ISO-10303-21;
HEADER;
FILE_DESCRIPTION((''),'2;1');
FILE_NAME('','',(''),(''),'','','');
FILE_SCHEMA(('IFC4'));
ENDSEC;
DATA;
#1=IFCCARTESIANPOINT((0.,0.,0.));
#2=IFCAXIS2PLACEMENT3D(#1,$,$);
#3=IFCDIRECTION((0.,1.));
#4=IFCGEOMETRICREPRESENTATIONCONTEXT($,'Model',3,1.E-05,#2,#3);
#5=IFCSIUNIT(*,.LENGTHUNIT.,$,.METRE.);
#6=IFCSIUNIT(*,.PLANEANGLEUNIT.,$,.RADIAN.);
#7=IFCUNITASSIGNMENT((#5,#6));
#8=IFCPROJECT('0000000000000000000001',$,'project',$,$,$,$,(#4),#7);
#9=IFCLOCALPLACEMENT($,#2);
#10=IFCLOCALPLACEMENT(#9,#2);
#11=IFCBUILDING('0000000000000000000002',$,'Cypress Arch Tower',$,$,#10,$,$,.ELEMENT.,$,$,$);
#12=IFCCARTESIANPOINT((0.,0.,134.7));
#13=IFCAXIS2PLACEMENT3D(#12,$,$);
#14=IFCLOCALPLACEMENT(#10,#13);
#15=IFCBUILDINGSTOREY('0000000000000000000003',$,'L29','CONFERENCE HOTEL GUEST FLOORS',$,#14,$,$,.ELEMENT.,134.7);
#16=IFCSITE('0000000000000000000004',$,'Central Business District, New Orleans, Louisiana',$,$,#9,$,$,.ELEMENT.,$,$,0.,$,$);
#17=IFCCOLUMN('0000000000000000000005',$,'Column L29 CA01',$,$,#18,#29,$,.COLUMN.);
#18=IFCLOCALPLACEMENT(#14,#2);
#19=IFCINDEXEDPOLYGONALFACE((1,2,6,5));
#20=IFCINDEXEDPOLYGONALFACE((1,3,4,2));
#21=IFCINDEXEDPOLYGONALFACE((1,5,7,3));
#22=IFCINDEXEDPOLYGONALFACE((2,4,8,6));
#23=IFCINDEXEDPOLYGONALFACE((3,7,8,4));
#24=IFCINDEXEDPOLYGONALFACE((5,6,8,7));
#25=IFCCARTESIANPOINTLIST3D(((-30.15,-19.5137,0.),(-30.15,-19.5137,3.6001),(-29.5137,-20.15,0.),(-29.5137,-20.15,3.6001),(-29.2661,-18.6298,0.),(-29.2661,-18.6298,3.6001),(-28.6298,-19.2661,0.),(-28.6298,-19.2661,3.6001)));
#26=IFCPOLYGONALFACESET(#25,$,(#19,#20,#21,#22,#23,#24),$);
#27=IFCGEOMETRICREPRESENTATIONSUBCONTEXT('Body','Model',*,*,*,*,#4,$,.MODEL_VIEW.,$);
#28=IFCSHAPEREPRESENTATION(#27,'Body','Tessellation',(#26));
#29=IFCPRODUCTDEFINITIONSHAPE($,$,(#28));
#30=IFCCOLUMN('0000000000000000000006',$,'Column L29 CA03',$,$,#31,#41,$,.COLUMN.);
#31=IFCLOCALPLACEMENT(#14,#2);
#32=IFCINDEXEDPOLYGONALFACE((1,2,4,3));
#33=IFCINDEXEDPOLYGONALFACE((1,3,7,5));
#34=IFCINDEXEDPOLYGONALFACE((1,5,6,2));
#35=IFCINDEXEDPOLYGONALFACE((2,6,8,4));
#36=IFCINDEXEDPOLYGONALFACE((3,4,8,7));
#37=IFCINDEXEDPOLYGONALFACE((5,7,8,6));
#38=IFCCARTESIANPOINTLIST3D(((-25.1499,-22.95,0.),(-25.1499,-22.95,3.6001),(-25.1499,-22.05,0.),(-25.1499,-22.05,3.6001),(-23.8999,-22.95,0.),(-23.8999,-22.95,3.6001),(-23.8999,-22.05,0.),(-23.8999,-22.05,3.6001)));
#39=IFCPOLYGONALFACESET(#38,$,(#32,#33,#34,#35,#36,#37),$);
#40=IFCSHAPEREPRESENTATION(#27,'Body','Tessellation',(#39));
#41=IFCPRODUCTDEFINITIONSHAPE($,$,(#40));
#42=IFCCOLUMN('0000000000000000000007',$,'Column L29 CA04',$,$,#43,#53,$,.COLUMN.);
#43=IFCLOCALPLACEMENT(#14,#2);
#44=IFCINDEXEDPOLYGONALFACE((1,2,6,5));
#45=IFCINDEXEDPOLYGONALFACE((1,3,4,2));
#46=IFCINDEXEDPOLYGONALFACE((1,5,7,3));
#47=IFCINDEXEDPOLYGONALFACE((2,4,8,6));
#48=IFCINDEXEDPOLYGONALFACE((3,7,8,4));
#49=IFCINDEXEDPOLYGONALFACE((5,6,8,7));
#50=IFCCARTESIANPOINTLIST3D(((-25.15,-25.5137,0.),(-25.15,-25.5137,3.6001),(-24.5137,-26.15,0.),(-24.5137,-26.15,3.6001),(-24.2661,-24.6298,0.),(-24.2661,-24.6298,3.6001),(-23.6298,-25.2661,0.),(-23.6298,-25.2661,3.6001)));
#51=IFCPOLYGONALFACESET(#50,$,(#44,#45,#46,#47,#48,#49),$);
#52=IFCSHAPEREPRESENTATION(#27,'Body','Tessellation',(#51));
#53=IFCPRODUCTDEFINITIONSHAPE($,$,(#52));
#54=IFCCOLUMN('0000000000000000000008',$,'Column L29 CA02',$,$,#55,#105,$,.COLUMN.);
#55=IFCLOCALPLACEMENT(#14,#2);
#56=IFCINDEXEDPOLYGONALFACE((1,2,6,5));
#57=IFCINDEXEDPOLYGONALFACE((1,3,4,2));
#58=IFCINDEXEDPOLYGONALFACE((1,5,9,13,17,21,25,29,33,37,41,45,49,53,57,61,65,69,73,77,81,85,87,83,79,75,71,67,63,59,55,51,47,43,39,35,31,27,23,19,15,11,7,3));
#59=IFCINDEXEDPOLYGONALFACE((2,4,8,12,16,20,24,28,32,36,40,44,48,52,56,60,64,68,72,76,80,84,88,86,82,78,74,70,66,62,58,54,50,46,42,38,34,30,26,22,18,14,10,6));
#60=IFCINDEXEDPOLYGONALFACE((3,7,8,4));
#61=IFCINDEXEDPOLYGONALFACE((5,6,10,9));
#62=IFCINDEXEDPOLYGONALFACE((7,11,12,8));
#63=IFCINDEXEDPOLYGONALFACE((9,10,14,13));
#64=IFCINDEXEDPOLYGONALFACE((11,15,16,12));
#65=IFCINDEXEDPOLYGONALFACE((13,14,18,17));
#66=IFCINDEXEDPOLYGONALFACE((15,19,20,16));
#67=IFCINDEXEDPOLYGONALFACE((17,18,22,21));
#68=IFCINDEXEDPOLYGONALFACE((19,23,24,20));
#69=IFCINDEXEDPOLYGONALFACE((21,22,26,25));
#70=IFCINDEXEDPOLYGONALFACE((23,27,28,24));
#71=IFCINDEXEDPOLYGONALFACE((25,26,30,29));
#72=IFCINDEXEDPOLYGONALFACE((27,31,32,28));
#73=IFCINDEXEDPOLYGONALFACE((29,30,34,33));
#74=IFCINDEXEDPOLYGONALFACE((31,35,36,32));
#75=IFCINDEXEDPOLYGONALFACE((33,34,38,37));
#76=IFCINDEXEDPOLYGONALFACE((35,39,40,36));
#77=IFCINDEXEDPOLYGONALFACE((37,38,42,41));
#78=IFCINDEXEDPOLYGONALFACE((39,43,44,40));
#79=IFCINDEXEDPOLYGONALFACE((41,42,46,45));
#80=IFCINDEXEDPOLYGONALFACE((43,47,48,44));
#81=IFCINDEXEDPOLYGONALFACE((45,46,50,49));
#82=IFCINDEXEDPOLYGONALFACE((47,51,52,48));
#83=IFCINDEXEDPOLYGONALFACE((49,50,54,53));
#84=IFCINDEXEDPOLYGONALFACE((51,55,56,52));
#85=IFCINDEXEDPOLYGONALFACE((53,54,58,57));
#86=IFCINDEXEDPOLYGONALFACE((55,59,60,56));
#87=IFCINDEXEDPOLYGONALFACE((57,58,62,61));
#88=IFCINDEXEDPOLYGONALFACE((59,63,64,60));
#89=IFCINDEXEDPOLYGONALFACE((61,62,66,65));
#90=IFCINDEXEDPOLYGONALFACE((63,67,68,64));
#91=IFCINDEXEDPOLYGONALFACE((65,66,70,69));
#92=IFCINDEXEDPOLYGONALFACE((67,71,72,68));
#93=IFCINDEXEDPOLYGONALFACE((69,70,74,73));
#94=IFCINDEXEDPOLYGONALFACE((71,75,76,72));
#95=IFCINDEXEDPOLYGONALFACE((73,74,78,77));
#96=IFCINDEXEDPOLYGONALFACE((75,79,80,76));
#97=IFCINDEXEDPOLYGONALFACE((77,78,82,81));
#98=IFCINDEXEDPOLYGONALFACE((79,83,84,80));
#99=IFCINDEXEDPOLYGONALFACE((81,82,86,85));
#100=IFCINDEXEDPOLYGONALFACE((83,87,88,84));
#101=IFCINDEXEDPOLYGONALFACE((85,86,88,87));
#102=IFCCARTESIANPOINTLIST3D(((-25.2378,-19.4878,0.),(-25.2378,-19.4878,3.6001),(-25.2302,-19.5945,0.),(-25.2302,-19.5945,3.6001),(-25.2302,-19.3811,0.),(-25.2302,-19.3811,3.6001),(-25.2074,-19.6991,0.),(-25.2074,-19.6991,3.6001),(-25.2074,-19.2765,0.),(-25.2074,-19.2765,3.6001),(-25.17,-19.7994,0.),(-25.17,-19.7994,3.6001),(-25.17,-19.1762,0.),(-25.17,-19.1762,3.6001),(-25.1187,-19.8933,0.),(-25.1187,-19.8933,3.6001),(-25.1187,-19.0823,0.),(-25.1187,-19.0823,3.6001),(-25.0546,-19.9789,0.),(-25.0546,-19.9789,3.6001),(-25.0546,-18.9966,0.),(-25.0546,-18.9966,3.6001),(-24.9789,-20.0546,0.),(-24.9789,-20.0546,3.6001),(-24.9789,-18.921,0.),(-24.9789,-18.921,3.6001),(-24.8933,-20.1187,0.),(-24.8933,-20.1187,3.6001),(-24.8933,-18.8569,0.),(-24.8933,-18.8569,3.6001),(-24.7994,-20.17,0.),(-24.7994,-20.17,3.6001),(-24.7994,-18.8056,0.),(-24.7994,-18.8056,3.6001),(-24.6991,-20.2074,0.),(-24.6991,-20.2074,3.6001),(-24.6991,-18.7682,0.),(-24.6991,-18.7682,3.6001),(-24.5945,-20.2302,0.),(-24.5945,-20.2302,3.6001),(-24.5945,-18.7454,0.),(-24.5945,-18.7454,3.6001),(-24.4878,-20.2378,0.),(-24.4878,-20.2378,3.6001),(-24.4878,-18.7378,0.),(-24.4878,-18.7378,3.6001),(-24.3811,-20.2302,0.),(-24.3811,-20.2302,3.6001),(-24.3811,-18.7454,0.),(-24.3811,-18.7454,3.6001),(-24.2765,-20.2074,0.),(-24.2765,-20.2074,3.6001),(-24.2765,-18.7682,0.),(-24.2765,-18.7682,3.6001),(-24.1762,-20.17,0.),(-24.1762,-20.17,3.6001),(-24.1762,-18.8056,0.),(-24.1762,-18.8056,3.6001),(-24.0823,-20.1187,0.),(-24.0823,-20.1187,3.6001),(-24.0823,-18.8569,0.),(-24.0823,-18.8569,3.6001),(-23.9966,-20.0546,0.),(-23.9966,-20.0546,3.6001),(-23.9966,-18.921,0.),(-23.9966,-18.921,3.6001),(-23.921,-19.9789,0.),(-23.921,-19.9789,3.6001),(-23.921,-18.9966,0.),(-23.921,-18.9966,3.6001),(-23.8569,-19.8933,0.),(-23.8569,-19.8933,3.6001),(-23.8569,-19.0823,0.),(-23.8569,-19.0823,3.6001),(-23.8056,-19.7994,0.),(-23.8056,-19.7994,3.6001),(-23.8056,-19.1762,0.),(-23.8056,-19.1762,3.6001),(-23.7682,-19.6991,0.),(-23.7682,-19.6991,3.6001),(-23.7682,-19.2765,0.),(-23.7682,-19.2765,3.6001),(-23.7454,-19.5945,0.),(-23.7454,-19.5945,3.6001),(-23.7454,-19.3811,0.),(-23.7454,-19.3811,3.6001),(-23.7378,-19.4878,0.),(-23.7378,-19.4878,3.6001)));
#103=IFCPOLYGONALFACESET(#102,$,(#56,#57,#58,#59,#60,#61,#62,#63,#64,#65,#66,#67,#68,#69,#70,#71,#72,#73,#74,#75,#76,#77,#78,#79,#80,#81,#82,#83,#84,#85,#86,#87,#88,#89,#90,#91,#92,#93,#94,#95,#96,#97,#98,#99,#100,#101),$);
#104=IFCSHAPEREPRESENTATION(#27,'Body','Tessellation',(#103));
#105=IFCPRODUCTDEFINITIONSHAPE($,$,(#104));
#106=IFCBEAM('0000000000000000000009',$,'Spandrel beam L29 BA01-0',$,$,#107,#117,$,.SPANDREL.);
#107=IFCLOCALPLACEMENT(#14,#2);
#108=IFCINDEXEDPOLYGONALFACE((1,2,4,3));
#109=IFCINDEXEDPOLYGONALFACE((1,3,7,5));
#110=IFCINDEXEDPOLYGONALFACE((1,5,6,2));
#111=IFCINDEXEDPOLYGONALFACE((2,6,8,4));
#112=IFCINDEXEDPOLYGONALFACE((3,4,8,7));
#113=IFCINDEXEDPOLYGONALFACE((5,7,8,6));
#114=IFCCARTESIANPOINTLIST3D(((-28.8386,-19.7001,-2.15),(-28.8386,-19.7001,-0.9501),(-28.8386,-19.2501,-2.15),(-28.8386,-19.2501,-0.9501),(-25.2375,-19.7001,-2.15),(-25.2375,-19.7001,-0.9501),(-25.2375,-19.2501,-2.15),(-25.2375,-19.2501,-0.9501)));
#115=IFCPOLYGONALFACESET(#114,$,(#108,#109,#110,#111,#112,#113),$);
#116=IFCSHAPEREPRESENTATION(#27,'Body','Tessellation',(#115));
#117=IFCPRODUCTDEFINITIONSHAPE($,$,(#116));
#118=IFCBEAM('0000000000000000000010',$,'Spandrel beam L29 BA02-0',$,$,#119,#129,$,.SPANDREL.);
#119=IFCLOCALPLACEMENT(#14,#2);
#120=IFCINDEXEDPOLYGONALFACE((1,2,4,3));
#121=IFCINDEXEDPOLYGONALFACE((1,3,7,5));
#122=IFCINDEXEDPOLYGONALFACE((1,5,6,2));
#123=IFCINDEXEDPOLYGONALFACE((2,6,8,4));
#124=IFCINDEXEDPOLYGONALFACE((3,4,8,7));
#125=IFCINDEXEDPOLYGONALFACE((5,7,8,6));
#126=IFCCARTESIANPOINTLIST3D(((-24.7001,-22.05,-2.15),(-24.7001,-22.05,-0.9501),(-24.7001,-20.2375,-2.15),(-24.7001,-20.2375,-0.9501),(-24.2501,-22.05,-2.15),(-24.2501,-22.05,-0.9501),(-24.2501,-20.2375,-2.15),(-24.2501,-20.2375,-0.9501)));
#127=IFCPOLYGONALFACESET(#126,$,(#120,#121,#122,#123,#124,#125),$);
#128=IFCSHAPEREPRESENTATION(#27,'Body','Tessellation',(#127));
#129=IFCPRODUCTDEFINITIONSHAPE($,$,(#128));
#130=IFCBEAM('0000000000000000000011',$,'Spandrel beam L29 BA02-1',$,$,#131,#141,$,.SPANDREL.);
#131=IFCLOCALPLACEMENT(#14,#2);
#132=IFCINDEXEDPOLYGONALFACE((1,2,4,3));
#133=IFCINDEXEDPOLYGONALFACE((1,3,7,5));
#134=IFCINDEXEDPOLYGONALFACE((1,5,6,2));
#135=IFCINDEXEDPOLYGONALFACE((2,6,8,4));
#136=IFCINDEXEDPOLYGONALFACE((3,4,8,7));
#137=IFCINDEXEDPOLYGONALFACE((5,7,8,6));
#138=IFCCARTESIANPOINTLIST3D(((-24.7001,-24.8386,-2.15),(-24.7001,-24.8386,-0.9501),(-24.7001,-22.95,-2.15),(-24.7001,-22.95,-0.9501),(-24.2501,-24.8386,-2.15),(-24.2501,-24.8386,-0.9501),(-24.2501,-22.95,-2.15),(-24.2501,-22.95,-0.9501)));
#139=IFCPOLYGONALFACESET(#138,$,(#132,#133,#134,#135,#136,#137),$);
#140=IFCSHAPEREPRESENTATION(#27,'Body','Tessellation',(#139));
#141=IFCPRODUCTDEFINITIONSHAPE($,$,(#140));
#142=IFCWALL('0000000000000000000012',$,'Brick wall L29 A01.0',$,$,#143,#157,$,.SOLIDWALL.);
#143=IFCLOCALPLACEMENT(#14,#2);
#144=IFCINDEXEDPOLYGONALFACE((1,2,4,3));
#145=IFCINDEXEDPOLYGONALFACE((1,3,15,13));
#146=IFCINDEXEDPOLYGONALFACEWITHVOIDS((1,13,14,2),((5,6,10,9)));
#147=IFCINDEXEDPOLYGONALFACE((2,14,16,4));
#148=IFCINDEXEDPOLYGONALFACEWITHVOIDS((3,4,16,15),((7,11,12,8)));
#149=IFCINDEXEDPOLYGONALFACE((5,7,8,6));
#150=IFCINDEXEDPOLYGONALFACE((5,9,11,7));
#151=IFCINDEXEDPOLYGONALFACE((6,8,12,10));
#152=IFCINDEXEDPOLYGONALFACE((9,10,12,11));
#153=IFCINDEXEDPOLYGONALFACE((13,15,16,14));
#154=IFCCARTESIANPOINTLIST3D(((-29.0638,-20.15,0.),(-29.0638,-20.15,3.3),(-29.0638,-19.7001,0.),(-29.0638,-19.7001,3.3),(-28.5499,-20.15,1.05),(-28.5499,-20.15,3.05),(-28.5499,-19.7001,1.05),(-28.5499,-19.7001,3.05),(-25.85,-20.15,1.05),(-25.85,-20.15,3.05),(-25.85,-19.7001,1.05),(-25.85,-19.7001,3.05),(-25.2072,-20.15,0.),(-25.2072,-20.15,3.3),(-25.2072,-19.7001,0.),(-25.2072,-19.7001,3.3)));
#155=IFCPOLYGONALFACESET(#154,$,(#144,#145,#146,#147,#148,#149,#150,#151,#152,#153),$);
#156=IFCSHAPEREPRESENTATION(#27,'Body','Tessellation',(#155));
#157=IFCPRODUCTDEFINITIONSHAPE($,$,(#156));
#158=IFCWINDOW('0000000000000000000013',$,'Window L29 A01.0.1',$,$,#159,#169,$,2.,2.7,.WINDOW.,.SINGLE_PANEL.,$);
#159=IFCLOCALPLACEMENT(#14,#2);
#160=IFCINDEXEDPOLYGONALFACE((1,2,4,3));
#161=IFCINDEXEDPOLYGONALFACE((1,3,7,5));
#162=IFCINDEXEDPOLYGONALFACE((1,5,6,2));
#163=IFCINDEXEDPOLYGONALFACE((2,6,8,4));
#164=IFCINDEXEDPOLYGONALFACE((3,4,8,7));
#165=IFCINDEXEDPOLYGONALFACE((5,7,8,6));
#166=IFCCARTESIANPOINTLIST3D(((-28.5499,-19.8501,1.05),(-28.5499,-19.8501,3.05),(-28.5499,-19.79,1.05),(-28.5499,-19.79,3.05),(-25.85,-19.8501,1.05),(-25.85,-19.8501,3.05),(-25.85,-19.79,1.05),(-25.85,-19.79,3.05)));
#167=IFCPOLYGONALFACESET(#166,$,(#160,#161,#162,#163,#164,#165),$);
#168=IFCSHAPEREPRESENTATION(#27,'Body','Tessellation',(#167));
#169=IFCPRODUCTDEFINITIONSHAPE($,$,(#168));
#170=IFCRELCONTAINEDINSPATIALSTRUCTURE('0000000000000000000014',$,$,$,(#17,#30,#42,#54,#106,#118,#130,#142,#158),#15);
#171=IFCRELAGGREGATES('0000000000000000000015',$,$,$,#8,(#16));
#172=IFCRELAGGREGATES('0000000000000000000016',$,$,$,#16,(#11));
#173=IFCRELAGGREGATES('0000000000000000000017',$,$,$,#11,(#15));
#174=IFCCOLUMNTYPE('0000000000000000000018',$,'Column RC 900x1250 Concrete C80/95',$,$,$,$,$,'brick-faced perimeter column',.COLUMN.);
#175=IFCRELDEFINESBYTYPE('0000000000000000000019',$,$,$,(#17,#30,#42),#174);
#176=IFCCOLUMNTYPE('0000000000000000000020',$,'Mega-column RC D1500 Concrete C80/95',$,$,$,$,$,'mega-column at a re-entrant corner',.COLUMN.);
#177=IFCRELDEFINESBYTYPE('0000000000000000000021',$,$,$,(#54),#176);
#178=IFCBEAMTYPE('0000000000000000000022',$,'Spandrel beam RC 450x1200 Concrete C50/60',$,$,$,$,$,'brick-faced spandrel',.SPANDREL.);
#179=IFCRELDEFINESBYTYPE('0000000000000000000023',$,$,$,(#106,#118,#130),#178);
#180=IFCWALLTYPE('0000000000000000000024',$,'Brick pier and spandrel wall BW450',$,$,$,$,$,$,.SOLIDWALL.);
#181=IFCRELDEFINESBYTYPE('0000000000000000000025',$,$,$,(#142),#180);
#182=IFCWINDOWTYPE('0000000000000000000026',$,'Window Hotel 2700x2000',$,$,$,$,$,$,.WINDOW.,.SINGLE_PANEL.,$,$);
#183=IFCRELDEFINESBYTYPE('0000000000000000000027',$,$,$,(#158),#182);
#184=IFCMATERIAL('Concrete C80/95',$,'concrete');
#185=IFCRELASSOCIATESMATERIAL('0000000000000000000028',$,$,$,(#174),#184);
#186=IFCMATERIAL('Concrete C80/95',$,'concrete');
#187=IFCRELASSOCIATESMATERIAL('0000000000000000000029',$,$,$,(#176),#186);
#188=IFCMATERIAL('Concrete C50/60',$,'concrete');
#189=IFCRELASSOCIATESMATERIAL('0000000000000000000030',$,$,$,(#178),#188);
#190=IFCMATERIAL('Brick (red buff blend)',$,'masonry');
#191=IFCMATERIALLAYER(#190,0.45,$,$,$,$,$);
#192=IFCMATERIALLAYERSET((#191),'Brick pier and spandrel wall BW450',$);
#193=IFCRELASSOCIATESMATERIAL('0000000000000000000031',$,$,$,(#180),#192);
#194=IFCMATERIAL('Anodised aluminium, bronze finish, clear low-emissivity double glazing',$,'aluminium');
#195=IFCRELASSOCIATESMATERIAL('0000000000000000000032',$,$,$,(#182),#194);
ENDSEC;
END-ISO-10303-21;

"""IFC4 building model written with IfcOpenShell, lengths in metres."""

from ifc_helpers import new_model, si_unit, direction, frame, frame_2d, origin, origin_2d, place, context, subcontext, project, spatial, rectangle, circle, extrude, material, layer, layer_set, material_profile, profile_set, type_object, element, fill, save


model = new_model("IFC4")

# Units and contexts
model_context = context("Model", 3, precision=1e-05, world=origin(), true_north=direction((0.0, 1.0)))
body_context = subcontext(model_context, "Body", "Model", "MODEL_VIEW")
ifc_project = project(units=[si_unit("LENGTHUNIT", "METRE"), si_unit("PLANEANGLEUNIT", "RADIAN")], contexts=[model_context])

# Site, building, storey
site_placement = place(None, origin())
site = spatial("IfcSite", under=ifc_project, at=site_placement, Name="Central Business District, New Orleans, Louisiana", CompositionType="ELEMENT", RefElevation=0.0)
building_placement = place(site_placement, origin())
building = spatial("IfcBuilding", under=site, at=building_placement, Name="Cypress Arch Tower", CompositionType="ELEMENT")
storey_placement = place(building_placement, frame((0.0, 0.0, 134.7)))
storey = spatial("IfcBuildingStorey", under=building, at=storey_placement, Name="L29", Description="CONFERENCE HOTEL GUEST FLOORS", CompositionType="ELEMENT", Elevation=134.7)

# Columns
ifc_material_1 = material(Name="Concrete C80/95", Category="concrete")
ifc_material_profile_1 = material_profile(ifc_material_1, rectangle(XDim=0.8999, YDim=1.25, at=origin_2d()), Name="RC 900x1250")
ifc_profile_set_1 = profile_set([ifc_material_profile_1], Name="Concrete C80/95")
column_type_1 = type_object("IfcColumnType", Name="Column RC 900x1250 Concrete C80/95", ElementType="brick-faced perimeter column", PredefinedType="COLUMN", material=ifc_profile_set_1)
for number, where, z_axis, x_axis, name in (
    (1, (-29.3899, -19.3899, 0.0), (0.0, 0.0, 1.0), (0.707107, -0.707107, 0.0), "Column L29 CA01"),
    (2, (-24.5249, -22.5, 0.0), (0.0, 0.0, 1.0), (0.0, -1.0, 0.0), "Column L29 CA03"),
    (3, (-24.3899, -25.3899, 0.0), (0.0, 0.0, 1.0), (0.707107, -0.707107, 0.0), "Column L29 CA04"),
):
    element("IfcColumn", number, at=place(storey_placement, frame(where, z_axis=z_axis, x_axis=x_axis)), inside=storey, type_object=column_type_1, Name=name, PredefinedType="COLUMN", context=body_context, shape_type="SweptSolid", body=[
        extrude(rectangle(XDim=0.8999, YDim=1.25, at=origin_2d()), origin(), (0.0, 0.0, 1.0), 3.6001),
    ])
ifc_material_2 = material(Name="Concrete C80/95", Category="concrete")
ifc_material_profile_2 = material_profile(ifc_material_2, circle(Radius=0.75, at=origin_2d()), Name="RC D1500")
ifc_profile_set_2 = profile_set([ifc_material_profile_2], Name="Concrete C80/95")
column_type_2 = type_object("IfcColumnType", Name="Mega-column RC D1500 Concrete C80/95", ElementType="mega-column at a re-entrant corner", PredefinedType="COLUMN", material=ifc_profile_set_2)
column_placement = place(storey_placement, frame((-24.4878, -19.4878, 0.0), z_axis=(0.0, 0.0, 1.0), x_axis=(1.0, 0.0, 0.0)))
element("IfcColumn", 4, at=column_placement, inside=storey, type_object=column_type_2, Name="Column L29 CA02", PredefinedType="COLUMN", context=body_context, shape_type="SweptSolid", body=[
    extrude(circle(Radius=0.75, at=origin_2d()), origin(), (0.0, 0.0, 1.0), 3.6001),
])

# Beams
ifc_material_3 = material(Name="Concrete C50/60", Category="concrete")
ifc_material_profile_3 = material_profile(ifc_material_3, rectangle(XDim=0.45, YDim=1.2, at=origin_2d()), Name="RC 450x1200")
ifc_profile_set_3 = profile_set([ifc_material_profile_3], Name="Concrete C50/60")
beam_type = type_object("IfcBeamType", Name="Spandrel beam RC 450x1200 Concrete C50/60", ElementType="brick-faced spandrel", PredefinedType="SPANDREL", material=ifc_profile_set_3)
beam_1_placement = place(storey_placement, frame((-28.8386, -19.4751, -1.55), z_axis=(1.0, 0.0, 0.0), x_axis=(0.0, 1.0, 0.0)))
element("IfcBeam", 5, at=beam_1_placement, inside=storey, type_object=beam_type, Name="Spandrel beam L29 BA01-0", PredefinedType="SPANDREL", context=body_context, shape_type="SweptSolid", body=[
    extrude(rectangle(XDim=0.45, YDim=1.2, at=origin_2d()), origin(), (0.0, 0.0, 1.0), 3.6011),
])
beam_2_placement = place(storey_placement, frame((-24.4751, -20.2375, -1.55), z_axis=(0.0, -1.0, 0.0), x_axis=(1.0, 0.0, 0.0)))
element("IfcBeam", 6, at=beam_2_placement, inside=storey, type_object=beam_type, Name="Spandrel beam L29 BA02-0", PredefinedType="SPANDREL", context=body_context, shape_type="SweptSolid", body=[
    extrude(rectangle(XDim=0.45, YDim=1.2, at=origin_2d()), origin(), (0.0, 0.0, 1.0), 1.8125),
])
beam_3_placement = place(storey_placement, frame((-24.4751, -22.95, -1.55), z_axis=(0.0, -1.0, 0.0), x_axis=(1.0, 0.0, 0.0)))
element("IfcBeam", 7, at=beam_3_placement, inside=storey, type_object=beam_type, Name="Spandrel beam L29 BA02-1", PredefinedType="SPANDREL", context=body_context, shape_type="SweptSolid", body=[
    extrude(rectangle(XDim=0.45, YDim=1.2, at=origin_2d()), origin(), (0.0, 0.0, 1.0), 1.8887),
])

# Wall, opening, window
ifc_material_4 = material(Name="Brick (red buff blend)", Category="masonry")
ifc_layer_1 = layer(ifc_material_4, 0.45)
ifc_layer_set_1 = layer_set([ifc_layer_1], Name="Brick pier and spandrel wall BW450")
wall_type_1 = type_object("IfcWallType", Name="Brick pier and spandrel wall BW450", PredefinedType="SOLIDWALL", material=ifc_layer_set_1)
wall_1_placement = place(storey_placement, frame((-29.0637, -19.925, 0.0), z_axis=(0.0, 0.0, 1.0), x_axis=(1.0, 0.0, 0.0)))
wall_1 = element("IfcWall", 8, at=wall_1_placement, inside=storey, type_object=wall_type_1, Name="Brick wall L29 A01.0", PredefinedType="SOLIDWALL", context=body_context, shape_type="SweptSolid", body=[
    extrude(rectangle(XDim=3.8567, YDim=0.45, at=frame_2d((1.9282, 0.0))), origin(), (0.0, 0.0, 1.0), 3.3),
])
opening_1_placement = place(wall_1_placement, frame((0.5137, 0.0, 1.05)))
opening_1 = element("IfcOpeningElement", 9, at=opening_1_placement, cuts=wall_1, PredefinedType="OPENING", context=body_context, shape_type="SweptSolid", body=[
    extrude(rectangle(XDim=2.7, YDim=2.0, at=frame_2d((1.3501, 1.0))), frame((0.0, 0.2349, 0.0), z_axis=(0.0, -1.0, 0.0), x_axis=(1.0, 0.0, 0.0)), (0.0, 0.0, 1.0), 0.47),
])
ifc_material_5 = material(Name="Anodised aluminium, bronze finish, clear low-emissivity double glazing", Category="aluminium")
window_type_1 = type_object("IfcWindowType", Name="Window Hotel 2700x2000", PartitioningType="SINGLE_PANEL", PredefinedType="WINDOW", material=ifc_material_5)
window_1_placement = place(opening_1_placement, origin())
window_1 = element("IfcWindow", 10, at=window_1_placement, inside=storey, type_object=window_type_1, Name="Window L29 A01.0.1", OverallHeight=2.0, OverallWidth=2.7, PartitioningType="SINGLE_PANEL", PredefinedType="WINDOW", context=body_context, shape_type="SweptSolid", body=[
    extrude(rectangle(XDim=2.7, YDim=2.0, at=frame_2d((1.3501, 1.0))), frame((0.0, 0.135, 0.0), z_axis=(0.0, -1.0, 0.0), x_axis=(1.0, 0.0, 0.0)), (0.0, 0.0, 1.0), 0.0601),
])
fill(opening_1, window_1)

save(model, "model.ifc")
